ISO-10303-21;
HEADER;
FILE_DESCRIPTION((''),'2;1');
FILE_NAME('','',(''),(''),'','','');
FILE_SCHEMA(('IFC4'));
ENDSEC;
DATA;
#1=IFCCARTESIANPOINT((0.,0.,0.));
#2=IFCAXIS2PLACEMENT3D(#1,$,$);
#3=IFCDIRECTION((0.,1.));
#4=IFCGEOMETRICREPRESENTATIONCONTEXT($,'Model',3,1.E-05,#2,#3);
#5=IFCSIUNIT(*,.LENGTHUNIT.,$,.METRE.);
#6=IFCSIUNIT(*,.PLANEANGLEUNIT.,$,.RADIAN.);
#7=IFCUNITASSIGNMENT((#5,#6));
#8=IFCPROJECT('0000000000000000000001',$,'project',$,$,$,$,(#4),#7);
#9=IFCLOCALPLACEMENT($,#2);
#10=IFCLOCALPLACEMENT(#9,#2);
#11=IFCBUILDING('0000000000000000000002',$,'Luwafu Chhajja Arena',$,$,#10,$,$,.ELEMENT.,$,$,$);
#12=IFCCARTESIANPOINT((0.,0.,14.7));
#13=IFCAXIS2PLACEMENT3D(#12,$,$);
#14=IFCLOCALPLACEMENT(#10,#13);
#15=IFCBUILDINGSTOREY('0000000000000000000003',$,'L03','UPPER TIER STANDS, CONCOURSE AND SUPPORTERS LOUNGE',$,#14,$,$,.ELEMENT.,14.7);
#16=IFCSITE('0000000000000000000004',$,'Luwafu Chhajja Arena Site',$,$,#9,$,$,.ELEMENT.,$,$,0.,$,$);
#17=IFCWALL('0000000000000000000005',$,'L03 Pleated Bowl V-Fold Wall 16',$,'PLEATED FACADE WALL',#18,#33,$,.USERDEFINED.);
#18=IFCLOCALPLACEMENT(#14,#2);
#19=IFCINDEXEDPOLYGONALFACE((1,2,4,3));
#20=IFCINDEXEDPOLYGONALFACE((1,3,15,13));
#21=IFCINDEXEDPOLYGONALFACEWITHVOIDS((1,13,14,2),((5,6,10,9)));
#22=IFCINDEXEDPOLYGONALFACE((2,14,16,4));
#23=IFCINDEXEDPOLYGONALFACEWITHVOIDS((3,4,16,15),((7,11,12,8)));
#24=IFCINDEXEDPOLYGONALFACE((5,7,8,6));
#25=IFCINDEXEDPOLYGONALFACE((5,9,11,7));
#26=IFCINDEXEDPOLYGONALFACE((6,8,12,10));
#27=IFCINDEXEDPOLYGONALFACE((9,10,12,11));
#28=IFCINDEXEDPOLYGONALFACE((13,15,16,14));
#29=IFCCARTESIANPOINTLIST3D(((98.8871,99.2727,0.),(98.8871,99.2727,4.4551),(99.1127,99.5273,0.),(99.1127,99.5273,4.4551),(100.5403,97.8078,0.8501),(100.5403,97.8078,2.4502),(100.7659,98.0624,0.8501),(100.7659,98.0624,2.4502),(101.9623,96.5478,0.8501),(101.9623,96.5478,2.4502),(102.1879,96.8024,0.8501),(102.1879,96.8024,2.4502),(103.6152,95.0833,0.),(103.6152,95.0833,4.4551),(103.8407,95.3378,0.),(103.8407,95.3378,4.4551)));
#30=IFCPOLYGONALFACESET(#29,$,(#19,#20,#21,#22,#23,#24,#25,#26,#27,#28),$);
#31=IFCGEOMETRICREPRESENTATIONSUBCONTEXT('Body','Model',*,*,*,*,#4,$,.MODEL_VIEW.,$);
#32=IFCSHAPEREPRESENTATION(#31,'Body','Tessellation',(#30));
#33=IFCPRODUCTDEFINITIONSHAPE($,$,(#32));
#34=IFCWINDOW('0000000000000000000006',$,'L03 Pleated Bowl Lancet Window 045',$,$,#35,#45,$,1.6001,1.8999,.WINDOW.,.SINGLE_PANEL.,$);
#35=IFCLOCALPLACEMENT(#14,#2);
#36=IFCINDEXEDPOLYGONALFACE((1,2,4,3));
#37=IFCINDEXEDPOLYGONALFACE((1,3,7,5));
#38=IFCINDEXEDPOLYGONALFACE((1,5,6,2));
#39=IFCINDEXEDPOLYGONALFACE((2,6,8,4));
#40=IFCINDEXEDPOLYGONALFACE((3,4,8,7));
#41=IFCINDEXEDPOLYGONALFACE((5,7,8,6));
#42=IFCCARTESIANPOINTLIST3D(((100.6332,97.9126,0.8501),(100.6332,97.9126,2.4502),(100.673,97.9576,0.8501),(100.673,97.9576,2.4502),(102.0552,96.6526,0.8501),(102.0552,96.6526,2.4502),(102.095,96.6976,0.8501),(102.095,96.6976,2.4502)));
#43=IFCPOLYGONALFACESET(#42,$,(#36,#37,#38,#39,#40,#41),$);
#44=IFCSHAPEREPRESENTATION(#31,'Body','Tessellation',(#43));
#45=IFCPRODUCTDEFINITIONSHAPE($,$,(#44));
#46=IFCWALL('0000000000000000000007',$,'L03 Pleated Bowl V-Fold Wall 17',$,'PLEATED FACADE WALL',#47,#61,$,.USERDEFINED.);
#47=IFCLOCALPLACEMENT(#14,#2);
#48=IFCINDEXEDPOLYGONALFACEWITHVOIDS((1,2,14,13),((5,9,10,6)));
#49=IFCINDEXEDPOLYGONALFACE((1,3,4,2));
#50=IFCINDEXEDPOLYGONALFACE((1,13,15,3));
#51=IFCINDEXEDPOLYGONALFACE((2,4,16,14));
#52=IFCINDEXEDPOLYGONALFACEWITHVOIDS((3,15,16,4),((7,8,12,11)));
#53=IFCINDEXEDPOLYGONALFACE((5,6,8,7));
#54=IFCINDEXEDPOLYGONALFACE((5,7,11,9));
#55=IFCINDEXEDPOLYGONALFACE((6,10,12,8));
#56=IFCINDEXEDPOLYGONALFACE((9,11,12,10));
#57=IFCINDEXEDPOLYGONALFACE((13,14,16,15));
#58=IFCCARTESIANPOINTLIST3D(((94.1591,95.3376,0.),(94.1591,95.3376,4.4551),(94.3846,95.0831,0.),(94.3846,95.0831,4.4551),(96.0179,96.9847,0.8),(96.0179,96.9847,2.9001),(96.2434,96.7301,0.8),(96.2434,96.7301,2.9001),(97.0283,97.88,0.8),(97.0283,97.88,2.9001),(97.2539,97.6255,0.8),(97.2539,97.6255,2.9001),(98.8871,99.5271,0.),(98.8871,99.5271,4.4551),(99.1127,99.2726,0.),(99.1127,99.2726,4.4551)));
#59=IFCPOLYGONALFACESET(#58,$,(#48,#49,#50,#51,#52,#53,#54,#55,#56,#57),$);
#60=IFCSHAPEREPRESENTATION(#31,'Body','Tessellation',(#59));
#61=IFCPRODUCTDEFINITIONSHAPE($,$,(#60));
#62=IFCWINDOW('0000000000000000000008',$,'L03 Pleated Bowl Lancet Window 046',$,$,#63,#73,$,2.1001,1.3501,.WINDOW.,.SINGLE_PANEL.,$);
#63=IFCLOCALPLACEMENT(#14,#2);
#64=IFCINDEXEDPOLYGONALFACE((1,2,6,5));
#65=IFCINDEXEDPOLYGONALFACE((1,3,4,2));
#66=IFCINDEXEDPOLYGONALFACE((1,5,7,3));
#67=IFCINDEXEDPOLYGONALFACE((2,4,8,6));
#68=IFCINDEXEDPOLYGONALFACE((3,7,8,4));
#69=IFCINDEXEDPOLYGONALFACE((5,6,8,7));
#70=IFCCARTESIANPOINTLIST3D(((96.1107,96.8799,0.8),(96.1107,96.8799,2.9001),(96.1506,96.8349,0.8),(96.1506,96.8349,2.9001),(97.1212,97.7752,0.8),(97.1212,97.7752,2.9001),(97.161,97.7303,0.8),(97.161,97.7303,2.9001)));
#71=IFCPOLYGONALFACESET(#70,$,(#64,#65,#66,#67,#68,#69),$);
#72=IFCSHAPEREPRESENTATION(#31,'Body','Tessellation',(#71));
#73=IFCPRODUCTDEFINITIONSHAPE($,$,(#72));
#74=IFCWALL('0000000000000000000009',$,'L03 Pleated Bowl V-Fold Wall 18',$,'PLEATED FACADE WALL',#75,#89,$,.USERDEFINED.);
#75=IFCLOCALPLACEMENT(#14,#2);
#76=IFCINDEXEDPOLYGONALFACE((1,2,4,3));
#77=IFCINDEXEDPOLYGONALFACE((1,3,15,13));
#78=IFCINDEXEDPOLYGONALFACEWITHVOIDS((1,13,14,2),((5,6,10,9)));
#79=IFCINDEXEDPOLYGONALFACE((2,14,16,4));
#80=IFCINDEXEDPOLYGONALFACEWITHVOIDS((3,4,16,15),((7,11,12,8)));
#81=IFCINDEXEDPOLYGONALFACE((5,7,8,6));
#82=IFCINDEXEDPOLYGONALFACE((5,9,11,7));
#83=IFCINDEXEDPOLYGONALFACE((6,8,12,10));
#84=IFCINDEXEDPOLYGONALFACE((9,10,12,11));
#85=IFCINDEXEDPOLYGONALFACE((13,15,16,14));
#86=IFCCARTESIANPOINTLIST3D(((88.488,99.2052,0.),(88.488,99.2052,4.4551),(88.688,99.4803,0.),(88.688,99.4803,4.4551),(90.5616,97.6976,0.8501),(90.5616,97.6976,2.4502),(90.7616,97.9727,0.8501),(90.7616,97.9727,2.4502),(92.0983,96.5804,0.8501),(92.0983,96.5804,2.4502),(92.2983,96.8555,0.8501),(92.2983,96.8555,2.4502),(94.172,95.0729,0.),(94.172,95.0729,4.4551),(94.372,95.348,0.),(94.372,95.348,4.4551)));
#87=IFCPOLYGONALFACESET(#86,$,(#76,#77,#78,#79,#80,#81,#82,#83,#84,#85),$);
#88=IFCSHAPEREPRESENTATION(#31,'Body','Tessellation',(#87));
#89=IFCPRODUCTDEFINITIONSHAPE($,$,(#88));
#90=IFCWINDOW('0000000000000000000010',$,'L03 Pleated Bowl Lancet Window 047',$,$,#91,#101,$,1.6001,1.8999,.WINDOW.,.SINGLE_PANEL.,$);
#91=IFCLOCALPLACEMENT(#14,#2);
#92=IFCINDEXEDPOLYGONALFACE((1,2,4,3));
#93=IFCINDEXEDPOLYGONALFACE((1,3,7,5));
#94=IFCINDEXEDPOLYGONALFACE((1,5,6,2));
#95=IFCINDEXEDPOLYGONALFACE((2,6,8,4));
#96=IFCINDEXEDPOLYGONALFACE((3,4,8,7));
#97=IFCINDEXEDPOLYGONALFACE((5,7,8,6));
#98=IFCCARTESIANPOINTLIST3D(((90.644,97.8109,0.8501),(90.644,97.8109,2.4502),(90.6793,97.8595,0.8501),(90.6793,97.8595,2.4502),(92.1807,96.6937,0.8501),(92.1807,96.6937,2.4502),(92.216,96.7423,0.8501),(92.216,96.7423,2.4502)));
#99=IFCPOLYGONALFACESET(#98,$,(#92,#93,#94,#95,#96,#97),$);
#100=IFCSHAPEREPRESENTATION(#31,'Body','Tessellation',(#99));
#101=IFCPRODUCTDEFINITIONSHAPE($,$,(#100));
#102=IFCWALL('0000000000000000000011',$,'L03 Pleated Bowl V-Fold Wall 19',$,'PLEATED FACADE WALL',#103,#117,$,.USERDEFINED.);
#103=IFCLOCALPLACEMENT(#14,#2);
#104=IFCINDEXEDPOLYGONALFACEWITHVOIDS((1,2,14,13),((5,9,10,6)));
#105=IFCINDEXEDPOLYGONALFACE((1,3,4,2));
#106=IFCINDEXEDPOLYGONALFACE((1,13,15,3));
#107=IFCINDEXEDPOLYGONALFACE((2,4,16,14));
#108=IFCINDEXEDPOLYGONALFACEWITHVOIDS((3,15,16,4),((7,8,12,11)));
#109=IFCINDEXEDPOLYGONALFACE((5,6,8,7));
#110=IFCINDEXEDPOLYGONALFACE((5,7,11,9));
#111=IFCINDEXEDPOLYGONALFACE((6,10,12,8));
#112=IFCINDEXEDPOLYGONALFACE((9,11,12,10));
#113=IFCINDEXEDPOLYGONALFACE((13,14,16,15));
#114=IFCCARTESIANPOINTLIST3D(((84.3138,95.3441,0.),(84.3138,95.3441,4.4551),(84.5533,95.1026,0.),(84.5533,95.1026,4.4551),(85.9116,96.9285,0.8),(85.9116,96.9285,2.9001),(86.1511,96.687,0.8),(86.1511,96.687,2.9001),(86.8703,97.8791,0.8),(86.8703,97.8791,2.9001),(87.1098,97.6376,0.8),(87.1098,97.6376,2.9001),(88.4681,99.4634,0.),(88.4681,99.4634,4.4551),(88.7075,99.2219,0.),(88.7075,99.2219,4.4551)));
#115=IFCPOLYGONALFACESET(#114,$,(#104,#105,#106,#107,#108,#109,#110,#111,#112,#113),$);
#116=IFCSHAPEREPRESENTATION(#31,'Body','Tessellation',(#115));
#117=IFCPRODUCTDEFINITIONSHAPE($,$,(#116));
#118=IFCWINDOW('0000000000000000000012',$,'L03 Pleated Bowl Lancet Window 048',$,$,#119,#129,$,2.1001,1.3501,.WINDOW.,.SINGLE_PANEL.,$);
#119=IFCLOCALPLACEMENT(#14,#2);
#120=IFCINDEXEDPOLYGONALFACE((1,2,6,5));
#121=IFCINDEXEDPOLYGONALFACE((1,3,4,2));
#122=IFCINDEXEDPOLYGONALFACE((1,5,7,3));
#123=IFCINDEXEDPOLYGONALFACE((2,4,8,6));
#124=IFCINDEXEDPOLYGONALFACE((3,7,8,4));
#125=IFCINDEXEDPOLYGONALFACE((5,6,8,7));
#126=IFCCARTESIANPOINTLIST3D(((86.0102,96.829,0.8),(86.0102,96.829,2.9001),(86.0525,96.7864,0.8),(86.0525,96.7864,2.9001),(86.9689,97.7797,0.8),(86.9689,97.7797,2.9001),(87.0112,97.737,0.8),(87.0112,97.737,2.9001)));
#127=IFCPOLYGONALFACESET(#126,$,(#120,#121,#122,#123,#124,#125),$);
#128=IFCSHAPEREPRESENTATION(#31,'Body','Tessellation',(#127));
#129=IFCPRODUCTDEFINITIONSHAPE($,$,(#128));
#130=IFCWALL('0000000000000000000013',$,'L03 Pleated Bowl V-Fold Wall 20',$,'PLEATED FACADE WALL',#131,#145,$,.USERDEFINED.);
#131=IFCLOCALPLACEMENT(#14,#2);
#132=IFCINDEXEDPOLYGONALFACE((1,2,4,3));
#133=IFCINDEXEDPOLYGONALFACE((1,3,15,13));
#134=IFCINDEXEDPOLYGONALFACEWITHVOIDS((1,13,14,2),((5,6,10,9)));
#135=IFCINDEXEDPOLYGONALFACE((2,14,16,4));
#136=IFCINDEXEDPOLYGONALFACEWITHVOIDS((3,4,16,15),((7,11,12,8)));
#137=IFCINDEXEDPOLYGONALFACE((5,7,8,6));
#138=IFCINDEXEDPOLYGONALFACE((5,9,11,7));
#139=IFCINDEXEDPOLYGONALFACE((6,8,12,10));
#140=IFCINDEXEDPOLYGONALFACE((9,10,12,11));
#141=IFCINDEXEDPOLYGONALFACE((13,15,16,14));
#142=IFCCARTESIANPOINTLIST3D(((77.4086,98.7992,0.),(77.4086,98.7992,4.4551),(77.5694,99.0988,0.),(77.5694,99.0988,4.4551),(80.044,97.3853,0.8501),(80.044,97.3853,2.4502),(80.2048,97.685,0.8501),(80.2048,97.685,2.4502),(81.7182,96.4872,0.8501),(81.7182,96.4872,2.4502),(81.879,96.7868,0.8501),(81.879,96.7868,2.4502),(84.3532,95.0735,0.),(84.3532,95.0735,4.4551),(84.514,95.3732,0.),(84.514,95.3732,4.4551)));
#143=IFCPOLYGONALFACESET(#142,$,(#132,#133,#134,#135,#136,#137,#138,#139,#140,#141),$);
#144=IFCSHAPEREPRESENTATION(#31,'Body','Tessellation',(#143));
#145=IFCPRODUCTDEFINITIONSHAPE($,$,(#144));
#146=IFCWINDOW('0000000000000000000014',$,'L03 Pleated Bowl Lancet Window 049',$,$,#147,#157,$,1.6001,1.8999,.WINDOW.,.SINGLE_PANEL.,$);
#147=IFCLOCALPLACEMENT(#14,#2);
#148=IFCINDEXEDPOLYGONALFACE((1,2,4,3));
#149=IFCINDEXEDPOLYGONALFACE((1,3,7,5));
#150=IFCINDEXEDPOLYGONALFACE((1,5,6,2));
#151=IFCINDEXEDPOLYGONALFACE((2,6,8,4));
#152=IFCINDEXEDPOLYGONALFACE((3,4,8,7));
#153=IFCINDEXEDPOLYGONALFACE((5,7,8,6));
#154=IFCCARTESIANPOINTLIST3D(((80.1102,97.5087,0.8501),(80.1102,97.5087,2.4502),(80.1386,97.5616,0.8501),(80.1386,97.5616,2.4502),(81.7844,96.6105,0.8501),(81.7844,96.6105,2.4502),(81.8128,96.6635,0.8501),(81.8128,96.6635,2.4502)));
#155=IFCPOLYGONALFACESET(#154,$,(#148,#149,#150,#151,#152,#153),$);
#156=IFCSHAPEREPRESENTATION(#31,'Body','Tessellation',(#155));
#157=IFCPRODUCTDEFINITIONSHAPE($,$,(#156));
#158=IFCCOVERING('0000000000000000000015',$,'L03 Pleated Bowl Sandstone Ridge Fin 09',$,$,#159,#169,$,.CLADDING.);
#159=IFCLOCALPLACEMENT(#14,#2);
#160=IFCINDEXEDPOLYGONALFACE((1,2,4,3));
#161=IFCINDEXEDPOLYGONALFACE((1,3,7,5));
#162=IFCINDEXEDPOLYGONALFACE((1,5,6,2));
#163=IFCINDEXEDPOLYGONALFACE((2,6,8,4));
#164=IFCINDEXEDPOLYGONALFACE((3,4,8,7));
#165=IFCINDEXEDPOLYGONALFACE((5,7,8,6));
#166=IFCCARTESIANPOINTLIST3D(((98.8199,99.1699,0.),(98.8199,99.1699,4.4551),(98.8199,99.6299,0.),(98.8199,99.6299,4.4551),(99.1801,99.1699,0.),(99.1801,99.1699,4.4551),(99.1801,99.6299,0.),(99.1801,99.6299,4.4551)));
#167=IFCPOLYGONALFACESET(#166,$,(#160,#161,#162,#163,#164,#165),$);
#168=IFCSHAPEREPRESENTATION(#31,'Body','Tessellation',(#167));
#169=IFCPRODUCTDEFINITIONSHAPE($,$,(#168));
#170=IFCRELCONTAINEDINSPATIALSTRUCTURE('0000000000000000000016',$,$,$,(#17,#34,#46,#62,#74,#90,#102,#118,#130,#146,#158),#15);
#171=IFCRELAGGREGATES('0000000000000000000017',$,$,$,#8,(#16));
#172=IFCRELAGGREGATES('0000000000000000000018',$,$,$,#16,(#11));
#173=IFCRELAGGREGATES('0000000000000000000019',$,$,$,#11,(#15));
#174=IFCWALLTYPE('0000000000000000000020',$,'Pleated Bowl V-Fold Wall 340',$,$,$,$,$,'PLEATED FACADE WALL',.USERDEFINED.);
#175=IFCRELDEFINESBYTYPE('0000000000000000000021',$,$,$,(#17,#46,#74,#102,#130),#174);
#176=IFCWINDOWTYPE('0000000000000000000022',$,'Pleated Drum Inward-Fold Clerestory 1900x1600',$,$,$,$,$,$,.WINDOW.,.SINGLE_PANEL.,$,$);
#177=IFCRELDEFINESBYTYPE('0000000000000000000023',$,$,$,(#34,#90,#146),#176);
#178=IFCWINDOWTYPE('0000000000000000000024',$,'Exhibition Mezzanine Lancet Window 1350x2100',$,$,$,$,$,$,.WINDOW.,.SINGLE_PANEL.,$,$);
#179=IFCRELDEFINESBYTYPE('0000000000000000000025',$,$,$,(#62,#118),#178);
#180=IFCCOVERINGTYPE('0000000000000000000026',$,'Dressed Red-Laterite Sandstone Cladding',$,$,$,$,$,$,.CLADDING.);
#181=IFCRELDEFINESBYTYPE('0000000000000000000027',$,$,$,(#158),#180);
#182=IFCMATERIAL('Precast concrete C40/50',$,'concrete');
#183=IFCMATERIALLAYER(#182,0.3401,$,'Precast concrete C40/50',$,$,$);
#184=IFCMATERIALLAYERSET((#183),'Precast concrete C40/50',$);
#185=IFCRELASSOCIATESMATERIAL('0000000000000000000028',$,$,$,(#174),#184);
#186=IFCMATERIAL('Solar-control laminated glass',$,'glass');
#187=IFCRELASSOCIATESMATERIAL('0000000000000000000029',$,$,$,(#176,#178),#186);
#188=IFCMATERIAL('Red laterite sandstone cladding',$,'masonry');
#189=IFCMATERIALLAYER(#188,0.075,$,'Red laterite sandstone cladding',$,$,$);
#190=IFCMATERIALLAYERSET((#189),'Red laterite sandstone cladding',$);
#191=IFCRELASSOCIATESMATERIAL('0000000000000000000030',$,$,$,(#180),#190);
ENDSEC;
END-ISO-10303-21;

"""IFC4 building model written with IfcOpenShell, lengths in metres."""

from ifc_helpers import new_model, si_unit, direction, frame, frame_2d, origin, origin_2d, place, context, subcontext, project, spatial, rectangle, extrude, material, layer, layer_set, type_object, element, fill, save


model = new_model("IFC4")

# Units and contexts
model_context = context("Model", 3, precision=1e-05, world=origin(), true_north=direction((0.0, 1.0)))
body_context = subcontext(model_context, "Body", "Model", "MODEL_VIEW")
ifc_project = project(units=[si_unit("LENGTHUNIT", "METRE"), si_unit("PLANEANGLEUNIT", "RADIAN")], contexts=[model_context])

# Site, building, storey
site_placement = place(None, origin())
site = spatial("IfcSite", under=ifc_project, at=site_placement, Name="Luwafu Chhajja Arena Site", CompositionType="ELEMENT", RefElevation=0.0)
building_placement = place(site_placement, origin())
building = spatial("IfcBuilding", under=site, at=building_placement, Name="Luwafu Chhajja Arena", CompositionType="ELEMENT")
storey_placement = place(building_placement, frame((0.0, 0.0, 14.7)))
storey = spatial("IfcBuildingStorey", under=building, at=storey_placement, Name="L03", Description="UPPER TIER STANDS, CONCOURSE AND SUPPORTERS LOUNGE", CompositionType="ELEMENT", Elevation=14.7)

# Walls, openings, windows
ifc_material_1 = material(Name="Precast concrete C40/50", Category="concrete")
ifc_layer_1 = layer(ifc_material_1, 0.3401, Name="Precast concrete C40/50")
ifc_layer_set_1 = layer_set([ifc_layer_1], Name="Precast concrete C40/50")
wall_type = type_object("IfcWallType", Name="Pleated Bowl V-Fold Wall 340", ElementType="PLEATED FACADE WALL", PredefinedType="USERDEFINED", material=ifc_layer_set_1)
wall_1_placement = place(storey_placement, frame((103.728, 95.2104, 0.0), z_axis=(0.0, 0.0, 1.0), x_axis=(-0.748449, 0.663192, 0.0)))
wall_1 = element("IfcWall", 1, at=wall_1_placement, inside=storey, type_object=wall_type, Name="L03 Pleated Bowl V-Fold Wall 16", ObjectType="PLEATED FACADE WALL", PredefinedType="USERDEFINED", context=body_context, shape_type="SweptSolid", body=[
    extrude(rectangle(XDim=6.3171, YDim=0.3401, at=frame_2d((3.1587, 0.0))), origin(), (0.0, 0.0, 1.0), 4.4551),
])
opening_1_placement = place(wall_1_placement, frame((2.2085, 0.0, 0.8501)))
opening_1 = element("IfcOpeningElement", 2, at=opening_1_placement, cuts=wall_1, PredefinedType="OPENING", context=body_context, shape_type="SweptSolid", body=[
    extrude(rectangle(XDim=1.8999, YDim=1.6001, at=frame_2d((0.95, 0.8))), frame((0.0, 0.1799, 0.0), z_axis=(0.0, -1.0, 0.0), x_axis=(1.0, 0.0, 0.0)), (0.0, 0.0, 1.0), 0.3601),
])
ifc_material_2 = material(Name="Solar-control laminated glass", Category="glass")
window_type_1 = type_object("IfcWindowType", Name="Pleated Drum Inward-Fold Clerestory 1900x1600", PartitioningType="SINGLE_PANEL", PredefinedType="WINDOW", material=ifc_material_2)
window_1_placement = place(opening_1_placement, origin())
window_1 = element("IfcWindow", 3, at=window_1_placement, inside=storey, type_object=window_type_1, Name="L03 Pleated Bowl Lancet Window 045", OverallHeight=1.6001, OverallWidth=1.8999, PartitioningType="SINGLE_PANEL", PredefinedType="WINDOW", context=body_context, shape_type="SweptSolid", body=[
    extrude(rectangle(XDim=1.8999, YDim=1.6001, at=frame_2d((0.95, 0.8))), frame((0.0, 0.03, 0.0), z_axis=(0.0, -1.0, 0.0), x_axis=(1.0, 0.0, 0.0)), (0.0, 0.0, 1.0), 0.0601),
])
fill(opening_1, window_1)
wall_2_placement = place(storey_placement, frame((99.0, 99.3999, 0.0), z_axis=(0.0, 0.0, 1.0), x_axis=(-0.748449, -0.663192, 0.0)))
wall_2 = element("IfcWall", 4, at=wall_2_placement, inside=storey, type_object=wall_type, Name="L03 Pleated Bowl V-Fold Wall 17", ObjectType="PLEATED FACADE WALL", PredefinedType="USERDEFINED", context=body_context, shape_type="SweptSolid", body=[
    extrude(rectangle(XDim=6.3171, YDim=0.3401, at=frame_2d((3.1587, 0.0))), origin(), (0.0, 0.0, 1.0), 4.4551),
])
opening_2_placement = place(wall_2_placement, frame((2.4836, 0.0, 0.8)))
opening_2 = element("IfcOpeningElement", 5, at=opening_2_placement, cuts=wall_2, PredefinedType="OPENING", context=body_context, shape_type="SweptSolid", body=[
    extrude(rectangle(XDim=1.3501, YDim=2.1001, at=frame_2d((0.675, 1.05))), frame((0.0, 0.1799, 0.0), z_axis=(0.0, -1.0, 0.0), x_axis=(1.0, 0.0, 0.0)), (0.0, 0.0, 1.0), 0.3601),
])
window_type_2 = type_object("IfcWindowType", Name="Exhibition Mezzanine Lancet Window 1350x2100", PartitioningType="SINGLE_PANEL", PredefinedType="WINDOW", material=ifc_material_2)
window_2_placement = place(opening_2_placement, origin())
window_2 = element("IfcWindow", 6, at=window_2_placement, inside=storey, type_object=window_type_2, Name="L03 Pleated Bowl Lancet Window 046", OverallHeight=2.1001, OverallWidth=1.3501, PartitioningType="SINGLE_PANEL", PredefinedType="WINDOW", context=body_context, shape_type="SweptSolid", body=[
    extrude(rectangle(XDim=1.3501, YDim=2.1001, at=frame_2d((0.675, 1.05))), frame((0.0, 0.03, 0.0), z_axis=(0.0, -1.0, 0.0), x_axis=(1.0, 0.0, 0.0)), (0.0, 0.0, 1.0), 0.0601),
])
fill(opening_2, window_2)
wall_3_placement = place(storey_placement, frame((94.272, 95.2104, 0.0), z_axis=(0.0, 0.0, 1.0), x_axis=(-0.808841, 0.588027, 0.0)))
wall_3 = element("IfcWall", 7, at=wall_3_placement, inside=storey, type_object=wall_type, Name="L03 Pleated Bowl V-Fold Wall 18", ObjectType="PLEATED FACADE WALL", PredefinedType="USERDEFINED", context=body_context, shape_type="SweptSolid", body=[
    extrude(rectangle(XDim=7.0273, YDim=0.3401, at=frame_2d((3.5137, 0.0))), origin(), (0.0, 0.0, 1.0), 4.4551),
])
opening_3_placement = place(wall_3_placement, frame((2.5637, 0.0, 0.8501)))
opening_3 = element("IfcOpeningElement", 8, at=opening_3_placement, cuts=wall_3, PredefinedType="OPENING", context=body_context, shape_type="SweptSolid", body=[
    extrude(rectangle(XDim=1.8999, YDim=1.6001, at=frame_2d((0.95, 0.8))), frame((0.0, 0.1799, 0.0), z_axis=(0.0, -1.0, 0.0), x_axis=(1.0, 0.0, 0.0)), (0.0, 0.0, 1.0), 0.3601),
])
window_3_placement = place(opening_3_placement, origin())
window_3 = element("IfcWindow", 9, at=window_3_placement, inside=storey, type_object=window_type_1, Name="L03 Pleated Bowl Lancet Window 047", OverallHeight=1.6001, OverallWidth=1.8999, PartitioningType="SINGLE_PANEL", PredefinedType="WINDOW", context=body_context, shape_type="SweptSolid", body=[
    extrude(rectangle(XDim=1.8999, YDim=1.6001, at=frame_2d((0.95, 0.8))), frame((0.0, 0.03, 0.0), z_axis=(0.0, -1.0, 0.0), x_axis=(1.0, 0.0, 0.0)), (0.0, 0.0, 1.0), 0.0601),
])
fill(opening_3, window_3)
wall_4_placement = place(storey_placement, frame((88.5879, 99.3428, 0.0), z_axis=(0.0, 0.0, 1.0), x_axis=(-0.710084, -0.704117, 0.0)))
wall_4 = element("IfcWall", 10, at=wall_4_placement, inside=storey, type_object=wall_type, Name="L03 Pleated Bowl V-Fold Wall 19", ObjectType="PLEATED FACADE WALL", PredefinedType="USERDEFINED", context=body_context, shape_type="SweptSolid", body=[
    extrude(rectangle(XDim=5.8503, YDim=0.3401, at=frame_2d((2.9253, 0.0))), origin(), (0.0, 0.0, 1.0), 4.4551),
])
opening_4_placement = place(wall_4_placement, frame((2.2502, 0.0, 0.8)))
opening_4 = element("IfcOpeningElement", 11, at=opening_4_placement, cuts=wall_4, PredefinedType="OPENING", context=body_context, shape_type="SweptSolid", body=[
    extrude(rectangle(XDim=1.3501, YDim=2.1001, at=frame_2d((0.675, 1.05))), frame((0.0, 0.1799, 0.0), z_axis=(0.0, -1.0, 0.0), x_axis=(1.0, 0.0, 0.0)), (0.0, 0.0, 1.0), 0.3601),
])
window_4_placement = place(opening_4_placement, origin())
window_4 = element("IfcWindow", 12, at=window_4_placement, inside=storey, type_object=window_type_2, Name="L03 Pleated Bowl Lancet Window 048", OverallHeight=2.1001, OverallWidth=1.3501, PartitioningType="SINGLE_PANEL", PredefinedType="WINDOW", context=body_context, shape_type="SweptSolid", body=[
    extrude(rectangle(XDim=1.3501, YDim=2.1001, at=frame_2d((0.675, 1.05))), frame((0.0, 0.03, 0.0), z_axis=(0.0, -1.0, 0.0), x_axis=(1.0, 0.0, 0.0)), (0.0, 0.0, 1.0), 0.0601),
])
fill(opening_4, window_4)
wall_5_placement = place(storey_placement, frame((84.4336, 95.2234, 0.0), z_axis=(0.0, 0.0, 1.0), x_axis=(-0.881201, 0.472741, 0.0)))
wall_5 = element("IfcWall", 13, at=wall_5_placement, inside=storey, type_object=wall_type, Name="L03 Pleated Bowl V-Fold Wall 20", ObjectType="PLEATED FACADE WALL", PredefinedType="USERDEFINED", context=body_context, shape_type="SweptSolid", body=[
    extrude(rectangle(XDim=7.8809, YDim=0.3401, at=frame_2d((3.9404, 0.0))), origin(), (0.0, 0.0, 1.0), 4.4551),
])
opening_5_placement = place(wall_5_placement, frame((2.9902, 0.0, 0.8501)))
opening_5 = element("IfcOpeningElement", 14, at=opening_5_placement, cuts=wall_5, PredefinedType="OPENING", context=body_context, shape_type="SweptSolid", body=[
    extrude(rectangle(XDim=1.8999, YDim=1.6001, at=frame_2d((0.95, 0.8))), frame((0.0, 0.1799, 0.0), z_axis=(0.0, -1.0, 0.0), x_axis=(1.0, 0.0, 0.0)), (0.0, 0.0, 1.0), 0.3601),
])
window_5_placement = place(opening_5_placement, origin())
window_5 = element("IfcWindow", 15, at=window_5_placement, inside=storey, type_object=window_type_1, Name="L03 Pleated Bowl Lancet Window 049", OverallHeight=1.6001, OverallWidth=1.8999, PartitioningType="SINGLE_PANEL", PredefinedType="WINDOW", context=body_context, shape_type="SweptSolid", body=[
    extrude(rectangle(XDim=1.8999, YDim=1.6001, at=frame_2d((0.95, 0.8))), frame((0.0, 0.03, 0.0), z_axis=(0.0, -1.0, 0.0), x_axis=(1.0, 0.0, 0.0)), (0.0, 0.0, 1.0), 0.0601),
])
fill(opening_5, window_5)

# Covering
ifc_material_3 = material(Name="Red laterite sandstone cladding", Category="masonry")
ifc_layer_2 = layer(ifc_material_3, 0.075, Name="Red laterite sandstone cladding")
ifc_layer_set_2 = layer_set([ifc_layer_2], Name="Red laterite sandstone cladding")
covering_type = type_object("IfcCoveringType", Name="Dressed Red-Laterite Sandstone Cladding", PredefinedType="CLADDING", material=ifc_layer_set_2)
for number, where, z_axis, x_axis, name in (
    (16, (99.0, 99.3999, 0.0), (0.0, 0.0, 1.0), (0.0, 1.0, 0.0), "L03 Pleated Bowl Sandstone Ridge Fin 09"),
):
    element("IfcCovering", number, at=place(storey_placement, frame(where, z_axis=z_axis, x_axis=x_axis)), inside=storey, type_object=covering_type, Name=name, PredefinedType="CLADDING", context=body_context, shape_type="SweptSolid", body=[
        extrude(rectangle(XDim=0.46, YDim=0.3601, at=origin_2d()), origin(), (0.0, 0.0, 1.0), 4.4551),
    ])

save(model, "model.ifc")
